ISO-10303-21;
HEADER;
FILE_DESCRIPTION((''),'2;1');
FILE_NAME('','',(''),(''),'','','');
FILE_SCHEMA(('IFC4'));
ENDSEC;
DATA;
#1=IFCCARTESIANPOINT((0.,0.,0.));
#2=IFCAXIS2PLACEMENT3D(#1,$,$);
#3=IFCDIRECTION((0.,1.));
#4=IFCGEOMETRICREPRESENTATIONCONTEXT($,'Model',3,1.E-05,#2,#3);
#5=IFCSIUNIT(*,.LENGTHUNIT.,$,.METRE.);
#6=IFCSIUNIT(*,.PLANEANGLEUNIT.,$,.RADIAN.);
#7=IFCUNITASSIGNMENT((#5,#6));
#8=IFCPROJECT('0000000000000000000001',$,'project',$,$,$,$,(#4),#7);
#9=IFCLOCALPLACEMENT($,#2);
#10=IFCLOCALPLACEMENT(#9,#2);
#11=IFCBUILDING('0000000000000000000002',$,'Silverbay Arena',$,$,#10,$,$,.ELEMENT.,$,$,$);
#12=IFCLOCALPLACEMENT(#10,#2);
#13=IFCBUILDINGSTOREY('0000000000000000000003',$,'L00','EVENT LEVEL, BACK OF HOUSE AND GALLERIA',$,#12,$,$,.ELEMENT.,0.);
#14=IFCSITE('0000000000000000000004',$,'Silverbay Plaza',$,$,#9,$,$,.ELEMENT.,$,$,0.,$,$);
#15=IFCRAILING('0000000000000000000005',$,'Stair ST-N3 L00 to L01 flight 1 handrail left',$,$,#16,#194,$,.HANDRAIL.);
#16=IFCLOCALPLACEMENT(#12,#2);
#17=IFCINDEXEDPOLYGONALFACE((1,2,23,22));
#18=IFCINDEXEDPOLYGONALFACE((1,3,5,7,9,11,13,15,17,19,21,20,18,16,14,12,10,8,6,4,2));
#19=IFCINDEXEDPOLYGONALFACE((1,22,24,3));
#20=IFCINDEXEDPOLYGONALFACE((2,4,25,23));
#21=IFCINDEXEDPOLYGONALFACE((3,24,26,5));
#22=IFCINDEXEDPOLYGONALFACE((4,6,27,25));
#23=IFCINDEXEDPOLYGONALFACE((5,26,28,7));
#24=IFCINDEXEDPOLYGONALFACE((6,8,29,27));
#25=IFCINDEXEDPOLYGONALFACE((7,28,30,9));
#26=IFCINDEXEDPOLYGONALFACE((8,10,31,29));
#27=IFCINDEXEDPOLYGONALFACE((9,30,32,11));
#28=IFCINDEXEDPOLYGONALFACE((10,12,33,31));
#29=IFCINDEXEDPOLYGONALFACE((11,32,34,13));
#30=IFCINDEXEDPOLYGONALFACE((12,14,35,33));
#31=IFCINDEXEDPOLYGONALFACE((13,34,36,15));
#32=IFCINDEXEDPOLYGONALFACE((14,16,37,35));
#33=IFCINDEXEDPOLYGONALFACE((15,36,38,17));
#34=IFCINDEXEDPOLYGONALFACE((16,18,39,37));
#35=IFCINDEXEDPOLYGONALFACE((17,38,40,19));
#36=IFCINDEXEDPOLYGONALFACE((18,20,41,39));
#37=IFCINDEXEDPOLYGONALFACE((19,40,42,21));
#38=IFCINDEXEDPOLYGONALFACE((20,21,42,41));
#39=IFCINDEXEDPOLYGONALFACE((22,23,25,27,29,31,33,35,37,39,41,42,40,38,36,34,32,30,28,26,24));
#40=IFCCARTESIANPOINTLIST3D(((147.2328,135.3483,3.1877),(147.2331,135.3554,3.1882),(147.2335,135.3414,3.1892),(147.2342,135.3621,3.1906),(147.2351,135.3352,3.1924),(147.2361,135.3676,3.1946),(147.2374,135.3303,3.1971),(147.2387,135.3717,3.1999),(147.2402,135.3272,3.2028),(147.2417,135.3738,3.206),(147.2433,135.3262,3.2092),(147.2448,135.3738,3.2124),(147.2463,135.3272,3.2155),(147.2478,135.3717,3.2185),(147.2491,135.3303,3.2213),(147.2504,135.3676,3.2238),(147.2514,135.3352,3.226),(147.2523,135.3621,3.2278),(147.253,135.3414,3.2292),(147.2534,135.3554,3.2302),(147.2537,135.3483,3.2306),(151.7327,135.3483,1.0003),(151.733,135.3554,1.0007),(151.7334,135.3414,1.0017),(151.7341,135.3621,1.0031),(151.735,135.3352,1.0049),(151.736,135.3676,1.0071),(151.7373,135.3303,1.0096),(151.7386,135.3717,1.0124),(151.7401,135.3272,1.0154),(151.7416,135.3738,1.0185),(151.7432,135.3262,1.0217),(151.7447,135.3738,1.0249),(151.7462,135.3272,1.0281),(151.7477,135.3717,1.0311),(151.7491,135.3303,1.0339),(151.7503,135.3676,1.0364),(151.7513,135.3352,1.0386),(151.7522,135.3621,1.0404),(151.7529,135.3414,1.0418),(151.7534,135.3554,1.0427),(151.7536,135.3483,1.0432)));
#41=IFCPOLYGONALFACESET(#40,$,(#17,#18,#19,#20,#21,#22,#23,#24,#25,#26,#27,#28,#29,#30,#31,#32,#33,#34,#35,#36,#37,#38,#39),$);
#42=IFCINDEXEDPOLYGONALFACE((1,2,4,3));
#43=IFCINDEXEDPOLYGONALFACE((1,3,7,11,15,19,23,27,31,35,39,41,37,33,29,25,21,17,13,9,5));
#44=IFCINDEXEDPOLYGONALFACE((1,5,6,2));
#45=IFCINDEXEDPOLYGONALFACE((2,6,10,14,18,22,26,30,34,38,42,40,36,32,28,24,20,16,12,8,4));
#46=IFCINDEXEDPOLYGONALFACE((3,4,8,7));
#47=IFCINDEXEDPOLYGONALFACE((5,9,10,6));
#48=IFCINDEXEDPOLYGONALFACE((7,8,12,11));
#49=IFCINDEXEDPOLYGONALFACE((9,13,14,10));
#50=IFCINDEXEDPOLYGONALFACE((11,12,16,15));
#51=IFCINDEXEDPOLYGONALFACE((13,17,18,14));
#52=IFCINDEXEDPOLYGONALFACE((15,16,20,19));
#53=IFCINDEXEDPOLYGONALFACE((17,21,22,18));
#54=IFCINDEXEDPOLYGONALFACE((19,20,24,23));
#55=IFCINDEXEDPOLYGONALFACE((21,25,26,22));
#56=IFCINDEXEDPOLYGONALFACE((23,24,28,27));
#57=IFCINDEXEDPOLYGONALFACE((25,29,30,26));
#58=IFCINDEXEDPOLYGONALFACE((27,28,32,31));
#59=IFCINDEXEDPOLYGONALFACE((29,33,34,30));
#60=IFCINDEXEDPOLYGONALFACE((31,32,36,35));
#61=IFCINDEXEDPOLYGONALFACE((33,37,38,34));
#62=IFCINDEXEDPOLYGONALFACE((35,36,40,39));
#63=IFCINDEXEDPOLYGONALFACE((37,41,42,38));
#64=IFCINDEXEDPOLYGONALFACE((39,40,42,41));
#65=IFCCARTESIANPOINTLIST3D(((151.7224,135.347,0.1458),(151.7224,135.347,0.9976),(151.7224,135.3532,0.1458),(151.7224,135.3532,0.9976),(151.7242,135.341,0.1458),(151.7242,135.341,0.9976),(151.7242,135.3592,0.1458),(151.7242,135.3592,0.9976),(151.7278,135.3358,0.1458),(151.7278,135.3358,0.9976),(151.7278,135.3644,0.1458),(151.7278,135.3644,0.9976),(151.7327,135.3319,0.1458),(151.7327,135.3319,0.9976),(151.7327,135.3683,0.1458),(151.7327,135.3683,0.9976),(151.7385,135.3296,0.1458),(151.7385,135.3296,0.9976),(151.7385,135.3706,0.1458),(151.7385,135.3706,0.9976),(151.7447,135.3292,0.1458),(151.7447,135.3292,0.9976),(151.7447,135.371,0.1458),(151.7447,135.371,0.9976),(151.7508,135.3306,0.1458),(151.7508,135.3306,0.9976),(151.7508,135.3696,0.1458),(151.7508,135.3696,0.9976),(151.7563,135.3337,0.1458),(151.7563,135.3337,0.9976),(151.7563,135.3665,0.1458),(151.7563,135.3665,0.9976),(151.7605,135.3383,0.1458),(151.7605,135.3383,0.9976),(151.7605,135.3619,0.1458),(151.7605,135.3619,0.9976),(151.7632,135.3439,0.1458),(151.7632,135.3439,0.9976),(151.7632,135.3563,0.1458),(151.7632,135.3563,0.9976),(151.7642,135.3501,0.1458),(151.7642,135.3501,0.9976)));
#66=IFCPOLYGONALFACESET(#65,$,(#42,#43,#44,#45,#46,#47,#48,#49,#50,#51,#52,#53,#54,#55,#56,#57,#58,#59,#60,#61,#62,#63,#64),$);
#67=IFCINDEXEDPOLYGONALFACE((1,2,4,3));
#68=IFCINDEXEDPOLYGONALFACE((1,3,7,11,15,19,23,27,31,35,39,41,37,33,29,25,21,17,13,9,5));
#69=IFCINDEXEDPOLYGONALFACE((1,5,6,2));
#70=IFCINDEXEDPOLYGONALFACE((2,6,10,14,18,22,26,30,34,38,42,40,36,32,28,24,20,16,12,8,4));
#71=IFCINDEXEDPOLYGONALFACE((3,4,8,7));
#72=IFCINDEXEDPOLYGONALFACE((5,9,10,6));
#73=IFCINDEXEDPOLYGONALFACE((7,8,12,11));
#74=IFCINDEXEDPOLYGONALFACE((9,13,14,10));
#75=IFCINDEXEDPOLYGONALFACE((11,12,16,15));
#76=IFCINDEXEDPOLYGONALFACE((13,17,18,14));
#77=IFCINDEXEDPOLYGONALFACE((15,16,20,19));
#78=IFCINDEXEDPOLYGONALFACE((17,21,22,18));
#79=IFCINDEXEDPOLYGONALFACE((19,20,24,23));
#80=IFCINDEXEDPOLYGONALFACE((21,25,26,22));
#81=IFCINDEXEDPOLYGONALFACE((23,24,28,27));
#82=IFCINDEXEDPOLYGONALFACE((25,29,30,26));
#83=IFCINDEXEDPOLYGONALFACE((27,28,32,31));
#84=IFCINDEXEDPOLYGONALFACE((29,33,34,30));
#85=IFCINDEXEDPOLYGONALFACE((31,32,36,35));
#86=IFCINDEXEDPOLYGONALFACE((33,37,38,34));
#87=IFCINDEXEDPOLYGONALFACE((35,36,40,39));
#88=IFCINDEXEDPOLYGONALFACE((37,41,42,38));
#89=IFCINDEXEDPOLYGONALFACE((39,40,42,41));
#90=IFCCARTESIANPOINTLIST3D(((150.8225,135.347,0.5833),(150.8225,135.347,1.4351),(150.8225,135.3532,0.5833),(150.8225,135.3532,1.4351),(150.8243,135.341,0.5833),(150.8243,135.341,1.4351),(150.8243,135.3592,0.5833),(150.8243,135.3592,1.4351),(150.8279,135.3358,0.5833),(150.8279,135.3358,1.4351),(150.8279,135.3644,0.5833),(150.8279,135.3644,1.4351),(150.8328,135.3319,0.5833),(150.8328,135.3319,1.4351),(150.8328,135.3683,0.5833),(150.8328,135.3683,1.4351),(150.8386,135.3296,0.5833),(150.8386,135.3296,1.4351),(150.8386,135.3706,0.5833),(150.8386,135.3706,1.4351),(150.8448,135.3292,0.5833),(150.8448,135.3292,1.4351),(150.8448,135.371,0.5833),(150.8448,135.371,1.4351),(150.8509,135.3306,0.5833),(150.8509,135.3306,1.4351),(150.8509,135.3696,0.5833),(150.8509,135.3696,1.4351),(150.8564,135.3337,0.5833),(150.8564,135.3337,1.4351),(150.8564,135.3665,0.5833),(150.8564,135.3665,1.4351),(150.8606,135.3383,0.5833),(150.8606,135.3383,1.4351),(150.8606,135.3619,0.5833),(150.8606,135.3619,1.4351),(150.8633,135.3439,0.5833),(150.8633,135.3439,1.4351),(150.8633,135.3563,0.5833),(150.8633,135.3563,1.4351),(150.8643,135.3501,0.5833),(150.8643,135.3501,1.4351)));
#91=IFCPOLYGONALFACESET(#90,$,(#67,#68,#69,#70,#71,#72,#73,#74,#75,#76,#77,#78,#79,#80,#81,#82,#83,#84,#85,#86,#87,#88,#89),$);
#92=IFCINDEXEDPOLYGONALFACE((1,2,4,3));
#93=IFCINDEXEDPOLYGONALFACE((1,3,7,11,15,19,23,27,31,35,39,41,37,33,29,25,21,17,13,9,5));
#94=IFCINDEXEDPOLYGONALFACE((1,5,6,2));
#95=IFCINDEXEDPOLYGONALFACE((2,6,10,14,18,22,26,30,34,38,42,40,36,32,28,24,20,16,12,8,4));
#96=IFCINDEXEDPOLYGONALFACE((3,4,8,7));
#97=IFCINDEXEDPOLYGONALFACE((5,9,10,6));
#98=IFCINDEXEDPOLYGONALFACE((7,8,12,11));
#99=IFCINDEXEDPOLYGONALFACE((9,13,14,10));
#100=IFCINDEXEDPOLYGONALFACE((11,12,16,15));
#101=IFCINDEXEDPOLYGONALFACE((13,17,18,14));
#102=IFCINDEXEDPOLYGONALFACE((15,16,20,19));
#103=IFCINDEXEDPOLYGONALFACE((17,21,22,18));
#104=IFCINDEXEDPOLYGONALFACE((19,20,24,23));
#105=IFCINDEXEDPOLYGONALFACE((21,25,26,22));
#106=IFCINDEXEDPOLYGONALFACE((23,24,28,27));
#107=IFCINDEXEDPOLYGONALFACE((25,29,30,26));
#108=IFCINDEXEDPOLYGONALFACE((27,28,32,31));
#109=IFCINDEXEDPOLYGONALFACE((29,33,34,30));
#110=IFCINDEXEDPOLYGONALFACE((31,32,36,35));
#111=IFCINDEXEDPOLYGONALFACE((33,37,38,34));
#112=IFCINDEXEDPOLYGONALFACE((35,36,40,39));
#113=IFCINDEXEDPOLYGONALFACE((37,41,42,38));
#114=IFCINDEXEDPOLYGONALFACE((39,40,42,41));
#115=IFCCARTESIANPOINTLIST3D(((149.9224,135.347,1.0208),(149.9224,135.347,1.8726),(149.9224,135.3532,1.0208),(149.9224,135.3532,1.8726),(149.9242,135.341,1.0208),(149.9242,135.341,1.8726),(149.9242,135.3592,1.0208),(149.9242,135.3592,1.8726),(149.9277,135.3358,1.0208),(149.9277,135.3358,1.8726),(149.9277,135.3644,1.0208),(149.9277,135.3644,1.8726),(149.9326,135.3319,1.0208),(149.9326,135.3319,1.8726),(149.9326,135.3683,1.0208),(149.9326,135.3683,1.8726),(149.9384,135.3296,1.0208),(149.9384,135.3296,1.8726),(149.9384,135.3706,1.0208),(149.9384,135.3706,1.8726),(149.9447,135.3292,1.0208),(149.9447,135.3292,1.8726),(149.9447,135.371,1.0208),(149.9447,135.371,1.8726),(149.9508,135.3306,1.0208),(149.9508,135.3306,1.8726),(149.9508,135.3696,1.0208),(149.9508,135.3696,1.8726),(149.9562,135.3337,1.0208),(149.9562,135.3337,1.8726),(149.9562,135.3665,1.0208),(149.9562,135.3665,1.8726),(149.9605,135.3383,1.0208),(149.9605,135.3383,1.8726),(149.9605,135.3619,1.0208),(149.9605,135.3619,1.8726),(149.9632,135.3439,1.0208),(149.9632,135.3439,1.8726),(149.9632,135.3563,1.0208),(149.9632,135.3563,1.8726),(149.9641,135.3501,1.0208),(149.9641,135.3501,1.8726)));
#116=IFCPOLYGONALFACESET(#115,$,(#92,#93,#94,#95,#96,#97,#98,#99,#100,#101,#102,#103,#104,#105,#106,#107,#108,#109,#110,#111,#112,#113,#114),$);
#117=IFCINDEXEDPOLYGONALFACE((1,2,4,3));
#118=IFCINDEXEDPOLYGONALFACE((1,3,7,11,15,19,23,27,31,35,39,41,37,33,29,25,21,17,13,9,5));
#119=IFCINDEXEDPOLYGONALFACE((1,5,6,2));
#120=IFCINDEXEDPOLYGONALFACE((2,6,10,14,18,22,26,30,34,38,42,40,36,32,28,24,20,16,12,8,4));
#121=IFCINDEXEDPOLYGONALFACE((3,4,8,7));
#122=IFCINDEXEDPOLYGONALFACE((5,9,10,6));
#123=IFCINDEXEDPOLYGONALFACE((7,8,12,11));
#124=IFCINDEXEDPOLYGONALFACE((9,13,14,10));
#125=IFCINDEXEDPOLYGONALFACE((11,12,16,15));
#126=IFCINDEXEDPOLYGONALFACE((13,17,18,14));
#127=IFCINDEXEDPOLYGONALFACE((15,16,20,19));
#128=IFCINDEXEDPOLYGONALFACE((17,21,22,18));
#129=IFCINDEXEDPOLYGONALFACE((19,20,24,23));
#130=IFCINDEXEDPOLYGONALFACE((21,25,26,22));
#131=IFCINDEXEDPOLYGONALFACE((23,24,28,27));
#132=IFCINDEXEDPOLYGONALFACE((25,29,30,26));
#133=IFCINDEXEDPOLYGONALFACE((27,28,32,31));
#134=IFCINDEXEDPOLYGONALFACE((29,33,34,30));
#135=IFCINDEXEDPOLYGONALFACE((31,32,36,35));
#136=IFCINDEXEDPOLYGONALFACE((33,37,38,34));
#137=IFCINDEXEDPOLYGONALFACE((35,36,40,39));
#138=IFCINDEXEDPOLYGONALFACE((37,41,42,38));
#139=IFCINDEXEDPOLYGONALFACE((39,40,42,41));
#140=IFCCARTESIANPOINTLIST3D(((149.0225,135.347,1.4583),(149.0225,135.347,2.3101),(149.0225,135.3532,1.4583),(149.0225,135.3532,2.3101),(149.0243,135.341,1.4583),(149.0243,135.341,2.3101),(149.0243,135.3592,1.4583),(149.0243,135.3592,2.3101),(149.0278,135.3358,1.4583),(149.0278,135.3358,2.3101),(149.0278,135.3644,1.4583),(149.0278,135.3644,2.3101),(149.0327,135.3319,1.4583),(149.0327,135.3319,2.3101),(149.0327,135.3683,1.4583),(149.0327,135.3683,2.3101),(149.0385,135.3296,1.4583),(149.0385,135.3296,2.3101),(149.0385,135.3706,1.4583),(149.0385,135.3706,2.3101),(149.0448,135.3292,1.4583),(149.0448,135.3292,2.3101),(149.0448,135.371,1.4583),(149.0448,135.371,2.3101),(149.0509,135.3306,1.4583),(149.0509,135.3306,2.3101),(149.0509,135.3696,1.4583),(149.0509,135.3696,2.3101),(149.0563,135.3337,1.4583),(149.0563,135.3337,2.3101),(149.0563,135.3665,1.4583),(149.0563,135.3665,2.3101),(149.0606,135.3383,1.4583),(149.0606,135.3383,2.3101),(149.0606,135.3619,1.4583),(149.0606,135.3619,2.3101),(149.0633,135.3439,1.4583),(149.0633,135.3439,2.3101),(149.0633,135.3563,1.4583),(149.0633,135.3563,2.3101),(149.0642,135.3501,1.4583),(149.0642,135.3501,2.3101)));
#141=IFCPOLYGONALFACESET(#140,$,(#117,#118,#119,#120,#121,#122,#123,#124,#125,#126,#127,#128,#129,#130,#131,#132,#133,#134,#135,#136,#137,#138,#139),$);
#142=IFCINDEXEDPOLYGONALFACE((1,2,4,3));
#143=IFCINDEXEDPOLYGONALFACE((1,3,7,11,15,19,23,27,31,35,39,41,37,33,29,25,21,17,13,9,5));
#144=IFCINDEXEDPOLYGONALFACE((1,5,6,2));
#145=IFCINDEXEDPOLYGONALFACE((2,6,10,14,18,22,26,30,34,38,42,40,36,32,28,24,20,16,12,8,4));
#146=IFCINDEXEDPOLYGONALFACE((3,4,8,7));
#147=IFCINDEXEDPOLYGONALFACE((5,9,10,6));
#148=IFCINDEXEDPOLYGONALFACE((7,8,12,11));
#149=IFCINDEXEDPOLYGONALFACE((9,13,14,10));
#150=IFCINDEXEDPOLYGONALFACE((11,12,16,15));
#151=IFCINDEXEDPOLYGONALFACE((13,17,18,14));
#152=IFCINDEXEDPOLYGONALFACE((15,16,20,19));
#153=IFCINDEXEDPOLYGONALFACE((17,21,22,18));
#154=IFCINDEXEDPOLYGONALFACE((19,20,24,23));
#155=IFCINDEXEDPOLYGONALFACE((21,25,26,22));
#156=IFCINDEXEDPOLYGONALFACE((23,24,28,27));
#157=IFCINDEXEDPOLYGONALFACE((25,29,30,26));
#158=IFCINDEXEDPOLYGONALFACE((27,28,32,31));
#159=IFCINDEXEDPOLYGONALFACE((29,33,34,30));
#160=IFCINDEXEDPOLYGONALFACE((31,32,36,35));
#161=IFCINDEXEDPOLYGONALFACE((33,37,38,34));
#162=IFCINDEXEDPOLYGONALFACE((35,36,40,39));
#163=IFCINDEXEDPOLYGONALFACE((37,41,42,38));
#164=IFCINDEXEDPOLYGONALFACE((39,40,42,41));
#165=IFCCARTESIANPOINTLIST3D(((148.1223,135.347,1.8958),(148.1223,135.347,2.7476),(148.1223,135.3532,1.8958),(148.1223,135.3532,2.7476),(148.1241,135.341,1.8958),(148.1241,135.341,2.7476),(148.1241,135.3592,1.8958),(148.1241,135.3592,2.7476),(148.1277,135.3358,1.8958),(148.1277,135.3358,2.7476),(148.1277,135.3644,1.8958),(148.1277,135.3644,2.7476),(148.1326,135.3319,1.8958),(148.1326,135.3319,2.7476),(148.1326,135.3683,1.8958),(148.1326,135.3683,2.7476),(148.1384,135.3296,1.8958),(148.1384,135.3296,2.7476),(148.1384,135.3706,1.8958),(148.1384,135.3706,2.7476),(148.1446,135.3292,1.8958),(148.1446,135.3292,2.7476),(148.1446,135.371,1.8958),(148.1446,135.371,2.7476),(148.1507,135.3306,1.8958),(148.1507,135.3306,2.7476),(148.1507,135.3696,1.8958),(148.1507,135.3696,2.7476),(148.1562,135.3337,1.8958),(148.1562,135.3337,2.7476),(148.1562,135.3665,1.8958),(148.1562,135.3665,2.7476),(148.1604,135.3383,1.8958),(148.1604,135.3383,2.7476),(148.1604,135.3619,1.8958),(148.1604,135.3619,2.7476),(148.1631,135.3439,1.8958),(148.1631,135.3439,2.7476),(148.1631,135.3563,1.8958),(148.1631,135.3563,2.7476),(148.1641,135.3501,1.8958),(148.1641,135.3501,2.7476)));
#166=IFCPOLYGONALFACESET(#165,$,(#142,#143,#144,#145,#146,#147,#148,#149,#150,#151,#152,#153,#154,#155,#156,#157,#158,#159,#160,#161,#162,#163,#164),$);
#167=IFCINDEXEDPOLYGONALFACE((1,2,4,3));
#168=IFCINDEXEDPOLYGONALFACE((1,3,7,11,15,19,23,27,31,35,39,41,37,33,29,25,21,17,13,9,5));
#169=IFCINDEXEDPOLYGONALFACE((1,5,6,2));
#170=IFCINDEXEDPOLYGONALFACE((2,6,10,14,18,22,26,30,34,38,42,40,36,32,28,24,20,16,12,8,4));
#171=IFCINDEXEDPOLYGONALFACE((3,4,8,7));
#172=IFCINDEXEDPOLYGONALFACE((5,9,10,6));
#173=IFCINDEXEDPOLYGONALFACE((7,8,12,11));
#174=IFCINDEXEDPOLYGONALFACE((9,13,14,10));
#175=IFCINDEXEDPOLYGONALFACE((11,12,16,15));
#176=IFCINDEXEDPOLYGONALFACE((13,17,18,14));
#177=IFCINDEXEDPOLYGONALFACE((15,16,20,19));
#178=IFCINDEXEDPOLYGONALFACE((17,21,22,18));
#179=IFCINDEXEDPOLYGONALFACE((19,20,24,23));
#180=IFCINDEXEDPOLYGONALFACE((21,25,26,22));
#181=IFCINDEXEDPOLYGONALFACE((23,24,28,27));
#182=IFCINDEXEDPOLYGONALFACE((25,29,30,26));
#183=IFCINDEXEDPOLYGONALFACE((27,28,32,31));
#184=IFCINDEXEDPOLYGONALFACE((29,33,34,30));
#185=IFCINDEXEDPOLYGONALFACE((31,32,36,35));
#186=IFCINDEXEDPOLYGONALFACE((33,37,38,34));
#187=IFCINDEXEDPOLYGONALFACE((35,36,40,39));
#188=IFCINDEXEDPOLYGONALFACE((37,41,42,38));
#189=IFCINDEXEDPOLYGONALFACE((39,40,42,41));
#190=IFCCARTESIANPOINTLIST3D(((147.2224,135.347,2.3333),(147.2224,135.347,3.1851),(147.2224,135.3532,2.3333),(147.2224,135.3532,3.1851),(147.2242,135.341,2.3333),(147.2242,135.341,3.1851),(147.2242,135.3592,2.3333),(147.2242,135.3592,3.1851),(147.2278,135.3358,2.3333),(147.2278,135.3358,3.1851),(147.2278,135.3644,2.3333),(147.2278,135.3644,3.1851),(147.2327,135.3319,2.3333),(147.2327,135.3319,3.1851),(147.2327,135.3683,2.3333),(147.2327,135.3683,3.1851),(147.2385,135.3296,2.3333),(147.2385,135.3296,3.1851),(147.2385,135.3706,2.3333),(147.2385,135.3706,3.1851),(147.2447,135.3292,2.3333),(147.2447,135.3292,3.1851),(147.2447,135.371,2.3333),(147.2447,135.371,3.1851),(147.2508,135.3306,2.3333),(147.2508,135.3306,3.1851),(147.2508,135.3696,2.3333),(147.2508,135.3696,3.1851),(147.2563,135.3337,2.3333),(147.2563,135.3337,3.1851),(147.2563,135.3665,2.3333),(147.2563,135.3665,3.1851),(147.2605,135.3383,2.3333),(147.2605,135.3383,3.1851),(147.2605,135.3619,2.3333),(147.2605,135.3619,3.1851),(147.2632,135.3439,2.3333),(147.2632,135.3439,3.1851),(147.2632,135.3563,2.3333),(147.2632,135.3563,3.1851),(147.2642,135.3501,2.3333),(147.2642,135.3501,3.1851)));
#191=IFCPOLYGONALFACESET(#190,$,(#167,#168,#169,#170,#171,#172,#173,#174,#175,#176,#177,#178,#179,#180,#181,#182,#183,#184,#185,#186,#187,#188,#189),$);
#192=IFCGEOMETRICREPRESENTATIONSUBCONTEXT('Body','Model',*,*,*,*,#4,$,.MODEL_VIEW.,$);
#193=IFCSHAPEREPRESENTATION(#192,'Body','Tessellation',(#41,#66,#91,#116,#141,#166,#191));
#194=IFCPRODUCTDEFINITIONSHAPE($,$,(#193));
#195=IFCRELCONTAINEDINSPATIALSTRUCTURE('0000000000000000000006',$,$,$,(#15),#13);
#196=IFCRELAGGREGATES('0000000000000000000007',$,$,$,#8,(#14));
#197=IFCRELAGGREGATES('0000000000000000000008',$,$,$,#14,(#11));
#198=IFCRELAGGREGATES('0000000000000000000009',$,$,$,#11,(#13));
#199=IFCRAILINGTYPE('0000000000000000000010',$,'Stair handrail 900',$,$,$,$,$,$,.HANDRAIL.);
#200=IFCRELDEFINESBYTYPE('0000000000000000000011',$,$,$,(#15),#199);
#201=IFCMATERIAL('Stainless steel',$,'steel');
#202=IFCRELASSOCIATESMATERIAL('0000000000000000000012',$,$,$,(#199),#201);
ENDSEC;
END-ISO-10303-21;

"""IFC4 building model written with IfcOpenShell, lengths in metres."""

from ifc_helpers import new_model, si_unit, direction, frame, origin, origin_2d, place, context, subcontext, project, spatial, circle, extrude, material, type_object, element, save


model = new_model("IFC4")

# Units and contexts
model_context = context("Model", 3, precision=1e-05, world=origin(), true_north=direction((0.0, 1.0)))
body_context = subcontext(model_context, "Body", "Model", "MODEL_VIEW")
ifc_project = project(units=[si_unit("LENGTHUNIT", "METRE"), si_unit("PLANEANGLEUNIT", "RADIAN")], contexts=[model_context])

# Site, building, storey
site_placement = place(None, origin())
site = spatial("IfcSite", under=ifc_project, at=site_placement, Name="Silverbay Plaza", CompositionType="ELEMENT", RefElevation=0.0)
building_placement = place(site_placement, origin())
building = spatial("IfcBuilding", under=site, at=building_placement, Name="Silverbay Arena", CompositionType="ELEMENT")
storey_placement = place(building_placement, origin())
storey = spatial("IfcBuildingStorey", under=building, at=storey_placement, Name="L00", Description="EVENT LEVEL, BACK OF HOUSE AND GALLERIA", CompositionType="ELEMENT", Elevation=0.0)

# Railing
ifc_material_1 = material(Name="Stainless steel", Category="steel")
railing_type_1 = type_object("IfcRailingType", Name="Stair handrail 900", PredefinedType="HANDRAIL", material=ifc_material_1)
for number, where, name in (
    (1, (151.7432, 135.3501, 0.1458), "Stair ST-N3 L00 to L01 flight 1 handrail left"),
):
    element("IfcRailing", number, at=place(storey_placement, frame(where)), inside=storey, type_object=railing_type_1, Name=name, PredefinedType="HANDRAIL", context=body_context, shape_type="SweptSolid", body=[
        extrude(circle(Radius=0.0239, at=origin_2d()), frame((0.0, 0.0, 0.876), z_axis=(-0.899368, 0.0, 0.437193), x_axis=(0.0, -1.0, 0.0)), (0.0, 0.0, 1.0), 5.0034),
        extrude(circle(Radius=0.021, at=origin_2d()), origin(), (0.0, 0.0, 1.0), 0.8518),
        extrude(circle(Radius=0.021, at=origin_2d()), frame((-0.8999, 0.0, 0.4375)), (0.0, 0.0, 1.0), 0.8518),
        extrude(circle(Radius=0.021, at=origin_2d()), frame((-1.8, 0.0, 0.875)), (0.0, 0.0, 1.0), 0.8518),
        extrude(circle(Radius=0.021, at=origin_2d()), frame((-2.7, 0.0, 1.3125)), (0.0, 0.0, 1.0), 0.8518),
        extrude(circle(Radius=0.021, at=origin_2d()), frame((-3.6001, 0.0, 1.75)), (0.0, 0.0, 1.0), 0.8518),
        extrude(circle(Radius=0.021, at=origin_2d()), frame((-4.5, 0.0, 2.1875)), (0.0, 0.0, 1.0), 0.8518),
    ])

save(model, "model.ifc")
